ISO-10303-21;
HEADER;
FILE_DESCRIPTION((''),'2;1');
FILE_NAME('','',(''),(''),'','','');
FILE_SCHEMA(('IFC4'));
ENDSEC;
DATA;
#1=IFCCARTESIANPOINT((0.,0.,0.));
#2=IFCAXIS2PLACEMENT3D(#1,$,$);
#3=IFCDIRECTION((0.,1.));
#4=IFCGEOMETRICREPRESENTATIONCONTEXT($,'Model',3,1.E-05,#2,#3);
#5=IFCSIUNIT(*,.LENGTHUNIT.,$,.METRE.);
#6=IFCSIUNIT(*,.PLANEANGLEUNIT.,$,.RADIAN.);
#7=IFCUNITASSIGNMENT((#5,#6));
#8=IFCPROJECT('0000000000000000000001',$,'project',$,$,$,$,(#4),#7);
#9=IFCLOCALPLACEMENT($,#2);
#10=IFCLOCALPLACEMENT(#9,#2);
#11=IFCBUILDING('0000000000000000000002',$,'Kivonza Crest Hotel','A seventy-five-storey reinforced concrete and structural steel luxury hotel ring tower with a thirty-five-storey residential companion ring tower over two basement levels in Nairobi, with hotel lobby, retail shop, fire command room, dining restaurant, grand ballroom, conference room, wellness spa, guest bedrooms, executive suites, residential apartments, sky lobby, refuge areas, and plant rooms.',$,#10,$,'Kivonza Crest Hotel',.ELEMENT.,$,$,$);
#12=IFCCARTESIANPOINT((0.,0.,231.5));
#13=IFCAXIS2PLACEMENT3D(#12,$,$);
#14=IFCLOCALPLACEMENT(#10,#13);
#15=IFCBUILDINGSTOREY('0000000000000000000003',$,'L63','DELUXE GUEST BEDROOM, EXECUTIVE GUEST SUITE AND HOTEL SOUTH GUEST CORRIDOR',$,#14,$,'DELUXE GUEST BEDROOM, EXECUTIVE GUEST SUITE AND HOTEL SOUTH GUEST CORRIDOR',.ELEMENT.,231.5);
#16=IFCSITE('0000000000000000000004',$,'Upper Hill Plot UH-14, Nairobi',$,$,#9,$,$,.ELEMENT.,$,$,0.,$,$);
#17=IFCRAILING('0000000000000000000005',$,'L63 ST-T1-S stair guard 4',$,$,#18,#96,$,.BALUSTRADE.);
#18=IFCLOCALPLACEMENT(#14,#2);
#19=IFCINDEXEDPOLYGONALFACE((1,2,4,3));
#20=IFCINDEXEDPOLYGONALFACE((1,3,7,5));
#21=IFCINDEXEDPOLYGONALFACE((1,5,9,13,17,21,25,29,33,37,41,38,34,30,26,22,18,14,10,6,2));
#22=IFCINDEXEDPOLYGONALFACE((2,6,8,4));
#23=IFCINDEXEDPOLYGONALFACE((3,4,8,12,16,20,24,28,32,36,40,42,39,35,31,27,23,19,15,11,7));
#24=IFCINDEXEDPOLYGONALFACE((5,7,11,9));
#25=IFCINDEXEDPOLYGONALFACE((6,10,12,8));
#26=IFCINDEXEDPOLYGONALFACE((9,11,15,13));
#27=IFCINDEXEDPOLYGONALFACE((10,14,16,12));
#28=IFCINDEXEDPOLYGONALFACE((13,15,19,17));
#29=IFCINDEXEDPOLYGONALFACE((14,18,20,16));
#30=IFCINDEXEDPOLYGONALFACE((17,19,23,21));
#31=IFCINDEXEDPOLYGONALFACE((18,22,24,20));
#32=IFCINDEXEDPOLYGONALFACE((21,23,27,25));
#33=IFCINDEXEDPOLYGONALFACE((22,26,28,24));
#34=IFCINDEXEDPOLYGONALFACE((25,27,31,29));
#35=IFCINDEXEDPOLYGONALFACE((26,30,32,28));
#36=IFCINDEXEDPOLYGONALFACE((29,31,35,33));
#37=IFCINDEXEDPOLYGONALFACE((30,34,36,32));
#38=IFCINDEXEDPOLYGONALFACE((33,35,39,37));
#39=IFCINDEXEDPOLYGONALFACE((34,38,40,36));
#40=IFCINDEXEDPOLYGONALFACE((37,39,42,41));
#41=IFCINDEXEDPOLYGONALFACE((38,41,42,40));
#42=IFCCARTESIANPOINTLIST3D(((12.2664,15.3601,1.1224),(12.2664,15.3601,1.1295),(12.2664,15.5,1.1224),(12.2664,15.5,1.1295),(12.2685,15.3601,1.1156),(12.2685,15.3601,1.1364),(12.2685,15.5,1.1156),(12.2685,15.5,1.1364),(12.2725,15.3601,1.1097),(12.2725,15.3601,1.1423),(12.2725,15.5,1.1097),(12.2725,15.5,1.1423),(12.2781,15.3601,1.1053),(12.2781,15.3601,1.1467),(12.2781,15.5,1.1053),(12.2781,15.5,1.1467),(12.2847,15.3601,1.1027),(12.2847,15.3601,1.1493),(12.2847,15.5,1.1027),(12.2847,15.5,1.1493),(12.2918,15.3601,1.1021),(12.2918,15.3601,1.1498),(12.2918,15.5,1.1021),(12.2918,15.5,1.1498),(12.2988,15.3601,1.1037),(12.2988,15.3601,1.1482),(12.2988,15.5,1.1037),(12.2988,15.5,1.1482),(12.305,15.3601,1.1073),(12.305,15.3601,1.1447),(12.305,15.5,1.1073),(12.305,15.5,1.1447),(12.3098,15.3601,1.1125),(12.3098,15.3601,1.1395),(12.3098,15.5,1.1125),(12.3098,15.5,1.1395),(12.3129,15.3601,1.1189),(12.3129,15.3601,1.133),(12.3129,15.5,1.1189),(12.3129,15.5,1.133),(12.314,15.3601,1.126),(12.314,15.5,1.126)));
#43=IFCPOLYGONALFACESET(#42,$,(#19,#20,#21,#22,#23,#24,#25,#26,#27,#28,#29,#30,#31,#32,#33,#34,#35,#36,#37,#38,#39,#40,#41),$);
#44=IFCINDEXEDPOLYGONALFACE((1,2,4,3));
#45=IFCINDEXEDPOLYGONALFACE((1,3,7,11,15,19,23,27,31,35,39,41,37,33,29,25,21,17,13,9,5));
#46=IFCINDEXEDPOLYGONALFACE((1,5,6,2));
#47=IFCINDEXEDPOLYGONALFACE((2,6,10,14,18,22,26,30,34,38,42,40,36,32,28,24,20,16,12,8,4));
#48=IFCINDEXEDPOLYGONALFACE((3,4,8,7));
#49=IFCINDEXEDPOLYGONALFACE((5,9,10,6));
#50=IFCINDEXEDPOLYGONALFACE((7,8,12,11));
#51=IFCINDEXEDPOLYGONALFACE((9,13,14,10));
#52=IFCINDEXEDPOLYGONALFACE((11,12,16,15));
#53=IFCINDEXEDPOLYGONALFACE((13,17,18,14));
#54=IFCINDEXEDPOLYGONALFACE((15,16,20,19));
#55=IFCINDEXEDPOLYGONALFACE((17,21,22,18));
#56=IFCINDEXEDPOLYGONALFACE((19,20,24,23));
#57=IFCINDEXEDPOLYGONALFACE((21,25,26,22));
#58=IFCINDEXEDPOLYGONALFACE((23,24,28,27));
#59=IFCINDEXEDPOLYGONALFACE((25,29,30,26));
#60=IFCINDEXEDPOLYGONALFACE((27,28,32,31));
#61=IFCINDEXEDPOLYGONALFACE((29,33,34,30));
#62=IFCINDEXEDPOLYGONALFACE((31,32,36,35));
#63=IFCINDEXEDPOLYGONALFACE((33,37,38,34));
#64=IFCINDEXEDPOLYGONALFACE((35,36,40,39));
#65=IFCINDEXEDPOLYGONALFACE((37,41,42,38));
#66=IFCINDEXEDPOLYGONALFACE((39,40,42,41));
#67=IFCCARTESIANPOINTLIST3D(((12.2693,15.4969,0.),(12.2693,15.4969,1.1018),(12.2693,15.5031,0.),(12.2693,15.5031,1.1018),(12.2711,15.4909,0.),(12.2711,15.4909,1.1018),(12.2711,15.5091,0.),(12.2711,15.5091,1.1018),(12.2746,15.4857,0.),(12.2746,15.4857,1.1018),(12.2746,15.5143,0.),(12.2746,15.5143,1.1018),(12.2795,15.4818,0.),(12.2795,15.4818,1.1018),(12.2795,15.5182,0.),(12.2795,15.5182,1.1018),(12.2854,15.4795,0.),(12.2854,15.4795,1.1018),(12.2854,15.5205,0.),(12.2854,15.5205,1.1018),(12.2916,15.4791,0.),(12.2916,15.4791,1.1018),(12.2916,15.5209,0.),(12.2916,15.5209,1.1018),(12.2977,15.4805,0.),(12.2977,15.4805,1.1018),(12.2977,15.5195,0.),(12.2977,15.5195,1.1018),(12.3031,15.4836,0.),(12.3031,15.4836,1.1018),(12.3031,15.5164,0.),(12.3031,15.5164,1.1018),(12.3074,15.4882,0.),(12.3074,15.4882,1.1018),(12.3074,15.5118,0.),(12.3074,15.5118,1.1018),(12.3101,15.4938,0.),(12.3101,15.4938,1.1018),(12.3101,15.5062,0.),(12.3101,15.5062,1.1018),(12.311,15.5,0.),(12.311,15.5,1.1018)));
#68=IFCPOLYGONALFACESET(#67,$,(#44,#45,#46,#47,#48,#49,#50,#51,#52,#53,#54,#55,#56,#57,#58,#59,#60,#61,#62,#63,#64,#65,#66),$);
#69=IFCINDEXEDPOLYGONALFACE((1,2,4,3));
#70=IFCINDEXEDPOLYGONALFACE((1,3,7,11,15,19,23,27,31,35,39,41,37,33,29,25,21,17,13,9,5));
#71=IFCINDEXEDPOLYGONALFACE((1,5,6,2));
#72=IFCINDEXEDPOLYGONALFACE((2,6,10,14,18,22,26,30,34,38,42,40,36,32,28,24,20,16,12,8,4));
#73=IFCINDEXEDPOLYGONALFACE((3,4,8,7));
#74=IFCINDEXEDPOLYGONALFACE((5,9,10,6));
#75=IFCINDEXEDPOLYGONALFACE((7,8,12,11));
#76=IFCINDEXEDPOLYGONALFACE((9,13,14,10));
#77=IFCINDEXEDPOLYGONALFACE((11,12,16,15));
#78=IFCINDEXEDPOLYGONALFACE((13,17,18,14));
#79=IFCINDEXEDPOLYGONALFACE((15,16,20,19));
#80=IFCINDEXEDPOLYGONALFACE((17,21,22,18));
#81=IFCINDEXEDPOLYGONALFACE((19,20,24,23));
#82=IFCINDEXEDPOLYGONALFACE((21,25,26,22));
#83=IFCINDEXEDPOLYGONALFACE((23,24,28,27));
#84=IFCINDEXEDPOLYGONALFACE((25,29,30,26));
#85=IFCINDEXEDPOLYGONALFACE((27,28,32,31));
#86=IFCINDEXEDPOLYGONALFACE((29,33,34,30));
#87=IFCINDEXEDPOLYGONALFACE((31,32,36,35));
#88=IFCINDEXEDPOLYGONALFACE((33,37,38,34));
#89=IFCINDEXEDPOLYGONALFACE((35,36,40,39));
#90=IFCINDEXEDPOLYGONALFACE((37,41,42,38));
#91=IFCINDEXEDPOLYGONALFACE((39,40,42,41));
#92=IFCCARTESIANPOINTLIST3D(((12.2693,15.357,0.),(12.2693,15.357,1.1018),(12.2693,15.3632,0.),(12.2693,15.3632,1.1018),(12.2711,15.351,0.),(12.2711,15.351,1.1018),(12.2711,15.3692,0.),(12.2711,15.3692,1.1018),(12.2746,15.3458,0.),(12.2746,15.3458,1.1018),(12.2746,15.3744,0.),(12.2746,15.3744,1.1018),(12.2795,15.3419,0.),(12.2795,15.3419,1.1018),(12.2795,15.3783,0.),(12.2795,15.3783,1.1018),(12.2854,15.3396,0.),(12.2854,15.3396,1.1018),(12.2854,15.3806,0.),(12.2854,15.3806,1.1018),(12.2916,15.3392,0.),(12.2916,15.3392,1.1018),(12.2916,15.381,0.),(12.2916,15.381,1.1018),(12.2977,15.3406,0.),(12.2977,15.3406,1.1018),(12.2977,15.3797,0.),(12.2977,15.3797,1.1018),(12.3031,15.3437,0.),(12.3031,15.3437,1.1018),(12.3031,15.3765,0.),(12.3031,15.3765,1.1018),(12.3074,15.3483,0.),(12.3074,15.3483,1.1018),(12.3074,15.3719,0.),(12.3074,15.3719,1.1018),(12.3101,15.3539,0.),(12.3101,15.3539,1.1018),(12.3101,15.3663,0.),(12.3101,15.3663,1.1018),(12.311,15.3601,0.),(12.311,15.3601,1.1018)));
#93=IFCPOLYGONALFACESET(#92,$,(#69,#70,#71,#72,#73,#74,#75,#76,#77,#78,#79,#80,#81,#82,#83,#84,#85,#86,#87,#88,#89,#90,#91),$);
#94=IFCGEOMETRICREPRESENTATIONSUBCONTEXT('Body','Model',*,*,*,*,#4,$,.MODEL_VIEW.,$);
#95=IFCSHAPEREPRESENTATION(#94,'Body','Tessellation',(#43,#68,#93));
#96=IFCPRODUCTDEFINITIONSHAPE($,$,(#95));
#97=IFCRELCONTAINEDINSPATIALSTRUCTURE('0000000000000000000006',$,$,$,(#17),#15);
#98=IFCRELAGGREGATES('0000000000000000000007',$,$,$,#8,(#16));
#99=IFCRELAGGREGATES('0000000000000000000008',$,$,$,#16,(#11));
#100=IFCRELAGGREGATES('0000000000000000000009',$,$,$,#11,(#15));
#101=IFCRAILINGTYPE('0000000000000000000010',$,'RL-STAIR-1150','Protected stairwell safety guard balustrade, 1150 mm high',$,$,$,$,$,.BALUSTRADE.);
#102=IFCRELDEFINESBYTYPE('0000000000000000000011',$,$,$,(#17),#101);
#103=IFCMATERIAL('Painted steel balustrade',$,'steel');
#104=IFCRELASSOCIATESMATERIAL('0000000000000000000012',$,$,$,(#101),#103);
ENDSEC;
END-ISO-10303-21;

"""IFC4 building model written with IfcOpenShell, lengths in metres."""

from ifc_helpers import new_model, si_unit, direction, frame, origin, origin_2d, place, context, subcontext, project, spatial, circle, extrude, material, type_object, element, save


model = new_model("IFC4")

# Units and contexts
model_context = context("Model", 3, precision=1e-05, world=origin(), true_north=direction((0.0, 1.0)))
body_context = subcontext(model_context, "Body", "Model", "MODEL_VIEW")
ifc_project = project(units=[si_unit("LENGTHUNIT", "METRE"), si_unit("PLANEANGLEUNIT", "RADIAN")], contexts=[model_context])

# Site, building, storey
site_placement = place(None, origin())
site = spatial("IfcSite", under=ifc_project, at=site_placement, Name="Upper Hill Plot UH-14, Nairobi", CompositionType="ELEMENT", RefElevation=0.0)
building_placement = place(site_placement, origin())
building = spatial("IfcBuilding", under=site, at=building_placement, Name="Kivonza Crest Hotel", Description="A seventy-five-storey reinforced concrete and structural steel luxury hotel ring tower with a thirty-five-storey residential companion ring tower over two basement levels in Nairobi, with hotel lobby, retail shop, fire command room, dining restaurant, grand ballroom, conference room, wellness spa, guest bedrooms, executive suites, residential apartments, sky lobby, refuge areas, and plant rooms.", LongName="Kivonza Crest Hotel", CompositionType="ELEMENT")
storey_placement = place(building_placement, frame((0.0, 0.0, 231.5)))
storey = spatial("IfcBuildingStorey", under=building, at=storey_placement, Name="L63", Description="DELUXE GUEST BEDROOM, EXECUTIVE GUEST SUITE AND HOTEL SOUTH GUEST CORRIDOR", LongName="DELUXE GUEST BEDROOM, EXECUTIVE GUEST SUITE AND HOTEL SOUTH GUEST CORRIDOR", CompositionType="ELEMENT", Elevation=231.5)

# Railing
ifc_material_1 = material(Name="Painted steel balustrade", Category="steel")
railing_type_1 = type_object("IfcRailingType", Name="RL-STAIR-1150", Description="Protected stairwell safety guard balustrade, 1150 mm high", PredefinedType="BALUSTRADE", material=ifc_material_1)
railing_1_placement = place(storey_placement, frame((12.29, 15.5, 0.0)))
element("IfcRailing", 1, at=railing_1_placement, inside=storey, type_object=railing_type_1, Name="L63 ST-T1-S stair guard 4", PredefinedType="BALUSTRADE", context=body_context, shape_type="SweptSolid", body=[
    extrude(circle(Radius=0.0239, at=origin_2d()), frame((0.0, 0.0, 1.126), z_axis=(0.0, -1.0, 0.0), x_axis=(1.0, 0.0, 0.0)), (0.0, 0.0, 1.0), 0.1399),
    extrude(circle(Radius=0.021, at=origin_2d()), origin(), (0.0, 0.0, 1.0), 1.1018),
    extrude(circle(Radius=0.021, at=origin_2d()), frame((0.0, -0.1399, 0.0)), (0.0, 0.0, 1.0), 1.1018),
])

save(model, "model.ifc")
